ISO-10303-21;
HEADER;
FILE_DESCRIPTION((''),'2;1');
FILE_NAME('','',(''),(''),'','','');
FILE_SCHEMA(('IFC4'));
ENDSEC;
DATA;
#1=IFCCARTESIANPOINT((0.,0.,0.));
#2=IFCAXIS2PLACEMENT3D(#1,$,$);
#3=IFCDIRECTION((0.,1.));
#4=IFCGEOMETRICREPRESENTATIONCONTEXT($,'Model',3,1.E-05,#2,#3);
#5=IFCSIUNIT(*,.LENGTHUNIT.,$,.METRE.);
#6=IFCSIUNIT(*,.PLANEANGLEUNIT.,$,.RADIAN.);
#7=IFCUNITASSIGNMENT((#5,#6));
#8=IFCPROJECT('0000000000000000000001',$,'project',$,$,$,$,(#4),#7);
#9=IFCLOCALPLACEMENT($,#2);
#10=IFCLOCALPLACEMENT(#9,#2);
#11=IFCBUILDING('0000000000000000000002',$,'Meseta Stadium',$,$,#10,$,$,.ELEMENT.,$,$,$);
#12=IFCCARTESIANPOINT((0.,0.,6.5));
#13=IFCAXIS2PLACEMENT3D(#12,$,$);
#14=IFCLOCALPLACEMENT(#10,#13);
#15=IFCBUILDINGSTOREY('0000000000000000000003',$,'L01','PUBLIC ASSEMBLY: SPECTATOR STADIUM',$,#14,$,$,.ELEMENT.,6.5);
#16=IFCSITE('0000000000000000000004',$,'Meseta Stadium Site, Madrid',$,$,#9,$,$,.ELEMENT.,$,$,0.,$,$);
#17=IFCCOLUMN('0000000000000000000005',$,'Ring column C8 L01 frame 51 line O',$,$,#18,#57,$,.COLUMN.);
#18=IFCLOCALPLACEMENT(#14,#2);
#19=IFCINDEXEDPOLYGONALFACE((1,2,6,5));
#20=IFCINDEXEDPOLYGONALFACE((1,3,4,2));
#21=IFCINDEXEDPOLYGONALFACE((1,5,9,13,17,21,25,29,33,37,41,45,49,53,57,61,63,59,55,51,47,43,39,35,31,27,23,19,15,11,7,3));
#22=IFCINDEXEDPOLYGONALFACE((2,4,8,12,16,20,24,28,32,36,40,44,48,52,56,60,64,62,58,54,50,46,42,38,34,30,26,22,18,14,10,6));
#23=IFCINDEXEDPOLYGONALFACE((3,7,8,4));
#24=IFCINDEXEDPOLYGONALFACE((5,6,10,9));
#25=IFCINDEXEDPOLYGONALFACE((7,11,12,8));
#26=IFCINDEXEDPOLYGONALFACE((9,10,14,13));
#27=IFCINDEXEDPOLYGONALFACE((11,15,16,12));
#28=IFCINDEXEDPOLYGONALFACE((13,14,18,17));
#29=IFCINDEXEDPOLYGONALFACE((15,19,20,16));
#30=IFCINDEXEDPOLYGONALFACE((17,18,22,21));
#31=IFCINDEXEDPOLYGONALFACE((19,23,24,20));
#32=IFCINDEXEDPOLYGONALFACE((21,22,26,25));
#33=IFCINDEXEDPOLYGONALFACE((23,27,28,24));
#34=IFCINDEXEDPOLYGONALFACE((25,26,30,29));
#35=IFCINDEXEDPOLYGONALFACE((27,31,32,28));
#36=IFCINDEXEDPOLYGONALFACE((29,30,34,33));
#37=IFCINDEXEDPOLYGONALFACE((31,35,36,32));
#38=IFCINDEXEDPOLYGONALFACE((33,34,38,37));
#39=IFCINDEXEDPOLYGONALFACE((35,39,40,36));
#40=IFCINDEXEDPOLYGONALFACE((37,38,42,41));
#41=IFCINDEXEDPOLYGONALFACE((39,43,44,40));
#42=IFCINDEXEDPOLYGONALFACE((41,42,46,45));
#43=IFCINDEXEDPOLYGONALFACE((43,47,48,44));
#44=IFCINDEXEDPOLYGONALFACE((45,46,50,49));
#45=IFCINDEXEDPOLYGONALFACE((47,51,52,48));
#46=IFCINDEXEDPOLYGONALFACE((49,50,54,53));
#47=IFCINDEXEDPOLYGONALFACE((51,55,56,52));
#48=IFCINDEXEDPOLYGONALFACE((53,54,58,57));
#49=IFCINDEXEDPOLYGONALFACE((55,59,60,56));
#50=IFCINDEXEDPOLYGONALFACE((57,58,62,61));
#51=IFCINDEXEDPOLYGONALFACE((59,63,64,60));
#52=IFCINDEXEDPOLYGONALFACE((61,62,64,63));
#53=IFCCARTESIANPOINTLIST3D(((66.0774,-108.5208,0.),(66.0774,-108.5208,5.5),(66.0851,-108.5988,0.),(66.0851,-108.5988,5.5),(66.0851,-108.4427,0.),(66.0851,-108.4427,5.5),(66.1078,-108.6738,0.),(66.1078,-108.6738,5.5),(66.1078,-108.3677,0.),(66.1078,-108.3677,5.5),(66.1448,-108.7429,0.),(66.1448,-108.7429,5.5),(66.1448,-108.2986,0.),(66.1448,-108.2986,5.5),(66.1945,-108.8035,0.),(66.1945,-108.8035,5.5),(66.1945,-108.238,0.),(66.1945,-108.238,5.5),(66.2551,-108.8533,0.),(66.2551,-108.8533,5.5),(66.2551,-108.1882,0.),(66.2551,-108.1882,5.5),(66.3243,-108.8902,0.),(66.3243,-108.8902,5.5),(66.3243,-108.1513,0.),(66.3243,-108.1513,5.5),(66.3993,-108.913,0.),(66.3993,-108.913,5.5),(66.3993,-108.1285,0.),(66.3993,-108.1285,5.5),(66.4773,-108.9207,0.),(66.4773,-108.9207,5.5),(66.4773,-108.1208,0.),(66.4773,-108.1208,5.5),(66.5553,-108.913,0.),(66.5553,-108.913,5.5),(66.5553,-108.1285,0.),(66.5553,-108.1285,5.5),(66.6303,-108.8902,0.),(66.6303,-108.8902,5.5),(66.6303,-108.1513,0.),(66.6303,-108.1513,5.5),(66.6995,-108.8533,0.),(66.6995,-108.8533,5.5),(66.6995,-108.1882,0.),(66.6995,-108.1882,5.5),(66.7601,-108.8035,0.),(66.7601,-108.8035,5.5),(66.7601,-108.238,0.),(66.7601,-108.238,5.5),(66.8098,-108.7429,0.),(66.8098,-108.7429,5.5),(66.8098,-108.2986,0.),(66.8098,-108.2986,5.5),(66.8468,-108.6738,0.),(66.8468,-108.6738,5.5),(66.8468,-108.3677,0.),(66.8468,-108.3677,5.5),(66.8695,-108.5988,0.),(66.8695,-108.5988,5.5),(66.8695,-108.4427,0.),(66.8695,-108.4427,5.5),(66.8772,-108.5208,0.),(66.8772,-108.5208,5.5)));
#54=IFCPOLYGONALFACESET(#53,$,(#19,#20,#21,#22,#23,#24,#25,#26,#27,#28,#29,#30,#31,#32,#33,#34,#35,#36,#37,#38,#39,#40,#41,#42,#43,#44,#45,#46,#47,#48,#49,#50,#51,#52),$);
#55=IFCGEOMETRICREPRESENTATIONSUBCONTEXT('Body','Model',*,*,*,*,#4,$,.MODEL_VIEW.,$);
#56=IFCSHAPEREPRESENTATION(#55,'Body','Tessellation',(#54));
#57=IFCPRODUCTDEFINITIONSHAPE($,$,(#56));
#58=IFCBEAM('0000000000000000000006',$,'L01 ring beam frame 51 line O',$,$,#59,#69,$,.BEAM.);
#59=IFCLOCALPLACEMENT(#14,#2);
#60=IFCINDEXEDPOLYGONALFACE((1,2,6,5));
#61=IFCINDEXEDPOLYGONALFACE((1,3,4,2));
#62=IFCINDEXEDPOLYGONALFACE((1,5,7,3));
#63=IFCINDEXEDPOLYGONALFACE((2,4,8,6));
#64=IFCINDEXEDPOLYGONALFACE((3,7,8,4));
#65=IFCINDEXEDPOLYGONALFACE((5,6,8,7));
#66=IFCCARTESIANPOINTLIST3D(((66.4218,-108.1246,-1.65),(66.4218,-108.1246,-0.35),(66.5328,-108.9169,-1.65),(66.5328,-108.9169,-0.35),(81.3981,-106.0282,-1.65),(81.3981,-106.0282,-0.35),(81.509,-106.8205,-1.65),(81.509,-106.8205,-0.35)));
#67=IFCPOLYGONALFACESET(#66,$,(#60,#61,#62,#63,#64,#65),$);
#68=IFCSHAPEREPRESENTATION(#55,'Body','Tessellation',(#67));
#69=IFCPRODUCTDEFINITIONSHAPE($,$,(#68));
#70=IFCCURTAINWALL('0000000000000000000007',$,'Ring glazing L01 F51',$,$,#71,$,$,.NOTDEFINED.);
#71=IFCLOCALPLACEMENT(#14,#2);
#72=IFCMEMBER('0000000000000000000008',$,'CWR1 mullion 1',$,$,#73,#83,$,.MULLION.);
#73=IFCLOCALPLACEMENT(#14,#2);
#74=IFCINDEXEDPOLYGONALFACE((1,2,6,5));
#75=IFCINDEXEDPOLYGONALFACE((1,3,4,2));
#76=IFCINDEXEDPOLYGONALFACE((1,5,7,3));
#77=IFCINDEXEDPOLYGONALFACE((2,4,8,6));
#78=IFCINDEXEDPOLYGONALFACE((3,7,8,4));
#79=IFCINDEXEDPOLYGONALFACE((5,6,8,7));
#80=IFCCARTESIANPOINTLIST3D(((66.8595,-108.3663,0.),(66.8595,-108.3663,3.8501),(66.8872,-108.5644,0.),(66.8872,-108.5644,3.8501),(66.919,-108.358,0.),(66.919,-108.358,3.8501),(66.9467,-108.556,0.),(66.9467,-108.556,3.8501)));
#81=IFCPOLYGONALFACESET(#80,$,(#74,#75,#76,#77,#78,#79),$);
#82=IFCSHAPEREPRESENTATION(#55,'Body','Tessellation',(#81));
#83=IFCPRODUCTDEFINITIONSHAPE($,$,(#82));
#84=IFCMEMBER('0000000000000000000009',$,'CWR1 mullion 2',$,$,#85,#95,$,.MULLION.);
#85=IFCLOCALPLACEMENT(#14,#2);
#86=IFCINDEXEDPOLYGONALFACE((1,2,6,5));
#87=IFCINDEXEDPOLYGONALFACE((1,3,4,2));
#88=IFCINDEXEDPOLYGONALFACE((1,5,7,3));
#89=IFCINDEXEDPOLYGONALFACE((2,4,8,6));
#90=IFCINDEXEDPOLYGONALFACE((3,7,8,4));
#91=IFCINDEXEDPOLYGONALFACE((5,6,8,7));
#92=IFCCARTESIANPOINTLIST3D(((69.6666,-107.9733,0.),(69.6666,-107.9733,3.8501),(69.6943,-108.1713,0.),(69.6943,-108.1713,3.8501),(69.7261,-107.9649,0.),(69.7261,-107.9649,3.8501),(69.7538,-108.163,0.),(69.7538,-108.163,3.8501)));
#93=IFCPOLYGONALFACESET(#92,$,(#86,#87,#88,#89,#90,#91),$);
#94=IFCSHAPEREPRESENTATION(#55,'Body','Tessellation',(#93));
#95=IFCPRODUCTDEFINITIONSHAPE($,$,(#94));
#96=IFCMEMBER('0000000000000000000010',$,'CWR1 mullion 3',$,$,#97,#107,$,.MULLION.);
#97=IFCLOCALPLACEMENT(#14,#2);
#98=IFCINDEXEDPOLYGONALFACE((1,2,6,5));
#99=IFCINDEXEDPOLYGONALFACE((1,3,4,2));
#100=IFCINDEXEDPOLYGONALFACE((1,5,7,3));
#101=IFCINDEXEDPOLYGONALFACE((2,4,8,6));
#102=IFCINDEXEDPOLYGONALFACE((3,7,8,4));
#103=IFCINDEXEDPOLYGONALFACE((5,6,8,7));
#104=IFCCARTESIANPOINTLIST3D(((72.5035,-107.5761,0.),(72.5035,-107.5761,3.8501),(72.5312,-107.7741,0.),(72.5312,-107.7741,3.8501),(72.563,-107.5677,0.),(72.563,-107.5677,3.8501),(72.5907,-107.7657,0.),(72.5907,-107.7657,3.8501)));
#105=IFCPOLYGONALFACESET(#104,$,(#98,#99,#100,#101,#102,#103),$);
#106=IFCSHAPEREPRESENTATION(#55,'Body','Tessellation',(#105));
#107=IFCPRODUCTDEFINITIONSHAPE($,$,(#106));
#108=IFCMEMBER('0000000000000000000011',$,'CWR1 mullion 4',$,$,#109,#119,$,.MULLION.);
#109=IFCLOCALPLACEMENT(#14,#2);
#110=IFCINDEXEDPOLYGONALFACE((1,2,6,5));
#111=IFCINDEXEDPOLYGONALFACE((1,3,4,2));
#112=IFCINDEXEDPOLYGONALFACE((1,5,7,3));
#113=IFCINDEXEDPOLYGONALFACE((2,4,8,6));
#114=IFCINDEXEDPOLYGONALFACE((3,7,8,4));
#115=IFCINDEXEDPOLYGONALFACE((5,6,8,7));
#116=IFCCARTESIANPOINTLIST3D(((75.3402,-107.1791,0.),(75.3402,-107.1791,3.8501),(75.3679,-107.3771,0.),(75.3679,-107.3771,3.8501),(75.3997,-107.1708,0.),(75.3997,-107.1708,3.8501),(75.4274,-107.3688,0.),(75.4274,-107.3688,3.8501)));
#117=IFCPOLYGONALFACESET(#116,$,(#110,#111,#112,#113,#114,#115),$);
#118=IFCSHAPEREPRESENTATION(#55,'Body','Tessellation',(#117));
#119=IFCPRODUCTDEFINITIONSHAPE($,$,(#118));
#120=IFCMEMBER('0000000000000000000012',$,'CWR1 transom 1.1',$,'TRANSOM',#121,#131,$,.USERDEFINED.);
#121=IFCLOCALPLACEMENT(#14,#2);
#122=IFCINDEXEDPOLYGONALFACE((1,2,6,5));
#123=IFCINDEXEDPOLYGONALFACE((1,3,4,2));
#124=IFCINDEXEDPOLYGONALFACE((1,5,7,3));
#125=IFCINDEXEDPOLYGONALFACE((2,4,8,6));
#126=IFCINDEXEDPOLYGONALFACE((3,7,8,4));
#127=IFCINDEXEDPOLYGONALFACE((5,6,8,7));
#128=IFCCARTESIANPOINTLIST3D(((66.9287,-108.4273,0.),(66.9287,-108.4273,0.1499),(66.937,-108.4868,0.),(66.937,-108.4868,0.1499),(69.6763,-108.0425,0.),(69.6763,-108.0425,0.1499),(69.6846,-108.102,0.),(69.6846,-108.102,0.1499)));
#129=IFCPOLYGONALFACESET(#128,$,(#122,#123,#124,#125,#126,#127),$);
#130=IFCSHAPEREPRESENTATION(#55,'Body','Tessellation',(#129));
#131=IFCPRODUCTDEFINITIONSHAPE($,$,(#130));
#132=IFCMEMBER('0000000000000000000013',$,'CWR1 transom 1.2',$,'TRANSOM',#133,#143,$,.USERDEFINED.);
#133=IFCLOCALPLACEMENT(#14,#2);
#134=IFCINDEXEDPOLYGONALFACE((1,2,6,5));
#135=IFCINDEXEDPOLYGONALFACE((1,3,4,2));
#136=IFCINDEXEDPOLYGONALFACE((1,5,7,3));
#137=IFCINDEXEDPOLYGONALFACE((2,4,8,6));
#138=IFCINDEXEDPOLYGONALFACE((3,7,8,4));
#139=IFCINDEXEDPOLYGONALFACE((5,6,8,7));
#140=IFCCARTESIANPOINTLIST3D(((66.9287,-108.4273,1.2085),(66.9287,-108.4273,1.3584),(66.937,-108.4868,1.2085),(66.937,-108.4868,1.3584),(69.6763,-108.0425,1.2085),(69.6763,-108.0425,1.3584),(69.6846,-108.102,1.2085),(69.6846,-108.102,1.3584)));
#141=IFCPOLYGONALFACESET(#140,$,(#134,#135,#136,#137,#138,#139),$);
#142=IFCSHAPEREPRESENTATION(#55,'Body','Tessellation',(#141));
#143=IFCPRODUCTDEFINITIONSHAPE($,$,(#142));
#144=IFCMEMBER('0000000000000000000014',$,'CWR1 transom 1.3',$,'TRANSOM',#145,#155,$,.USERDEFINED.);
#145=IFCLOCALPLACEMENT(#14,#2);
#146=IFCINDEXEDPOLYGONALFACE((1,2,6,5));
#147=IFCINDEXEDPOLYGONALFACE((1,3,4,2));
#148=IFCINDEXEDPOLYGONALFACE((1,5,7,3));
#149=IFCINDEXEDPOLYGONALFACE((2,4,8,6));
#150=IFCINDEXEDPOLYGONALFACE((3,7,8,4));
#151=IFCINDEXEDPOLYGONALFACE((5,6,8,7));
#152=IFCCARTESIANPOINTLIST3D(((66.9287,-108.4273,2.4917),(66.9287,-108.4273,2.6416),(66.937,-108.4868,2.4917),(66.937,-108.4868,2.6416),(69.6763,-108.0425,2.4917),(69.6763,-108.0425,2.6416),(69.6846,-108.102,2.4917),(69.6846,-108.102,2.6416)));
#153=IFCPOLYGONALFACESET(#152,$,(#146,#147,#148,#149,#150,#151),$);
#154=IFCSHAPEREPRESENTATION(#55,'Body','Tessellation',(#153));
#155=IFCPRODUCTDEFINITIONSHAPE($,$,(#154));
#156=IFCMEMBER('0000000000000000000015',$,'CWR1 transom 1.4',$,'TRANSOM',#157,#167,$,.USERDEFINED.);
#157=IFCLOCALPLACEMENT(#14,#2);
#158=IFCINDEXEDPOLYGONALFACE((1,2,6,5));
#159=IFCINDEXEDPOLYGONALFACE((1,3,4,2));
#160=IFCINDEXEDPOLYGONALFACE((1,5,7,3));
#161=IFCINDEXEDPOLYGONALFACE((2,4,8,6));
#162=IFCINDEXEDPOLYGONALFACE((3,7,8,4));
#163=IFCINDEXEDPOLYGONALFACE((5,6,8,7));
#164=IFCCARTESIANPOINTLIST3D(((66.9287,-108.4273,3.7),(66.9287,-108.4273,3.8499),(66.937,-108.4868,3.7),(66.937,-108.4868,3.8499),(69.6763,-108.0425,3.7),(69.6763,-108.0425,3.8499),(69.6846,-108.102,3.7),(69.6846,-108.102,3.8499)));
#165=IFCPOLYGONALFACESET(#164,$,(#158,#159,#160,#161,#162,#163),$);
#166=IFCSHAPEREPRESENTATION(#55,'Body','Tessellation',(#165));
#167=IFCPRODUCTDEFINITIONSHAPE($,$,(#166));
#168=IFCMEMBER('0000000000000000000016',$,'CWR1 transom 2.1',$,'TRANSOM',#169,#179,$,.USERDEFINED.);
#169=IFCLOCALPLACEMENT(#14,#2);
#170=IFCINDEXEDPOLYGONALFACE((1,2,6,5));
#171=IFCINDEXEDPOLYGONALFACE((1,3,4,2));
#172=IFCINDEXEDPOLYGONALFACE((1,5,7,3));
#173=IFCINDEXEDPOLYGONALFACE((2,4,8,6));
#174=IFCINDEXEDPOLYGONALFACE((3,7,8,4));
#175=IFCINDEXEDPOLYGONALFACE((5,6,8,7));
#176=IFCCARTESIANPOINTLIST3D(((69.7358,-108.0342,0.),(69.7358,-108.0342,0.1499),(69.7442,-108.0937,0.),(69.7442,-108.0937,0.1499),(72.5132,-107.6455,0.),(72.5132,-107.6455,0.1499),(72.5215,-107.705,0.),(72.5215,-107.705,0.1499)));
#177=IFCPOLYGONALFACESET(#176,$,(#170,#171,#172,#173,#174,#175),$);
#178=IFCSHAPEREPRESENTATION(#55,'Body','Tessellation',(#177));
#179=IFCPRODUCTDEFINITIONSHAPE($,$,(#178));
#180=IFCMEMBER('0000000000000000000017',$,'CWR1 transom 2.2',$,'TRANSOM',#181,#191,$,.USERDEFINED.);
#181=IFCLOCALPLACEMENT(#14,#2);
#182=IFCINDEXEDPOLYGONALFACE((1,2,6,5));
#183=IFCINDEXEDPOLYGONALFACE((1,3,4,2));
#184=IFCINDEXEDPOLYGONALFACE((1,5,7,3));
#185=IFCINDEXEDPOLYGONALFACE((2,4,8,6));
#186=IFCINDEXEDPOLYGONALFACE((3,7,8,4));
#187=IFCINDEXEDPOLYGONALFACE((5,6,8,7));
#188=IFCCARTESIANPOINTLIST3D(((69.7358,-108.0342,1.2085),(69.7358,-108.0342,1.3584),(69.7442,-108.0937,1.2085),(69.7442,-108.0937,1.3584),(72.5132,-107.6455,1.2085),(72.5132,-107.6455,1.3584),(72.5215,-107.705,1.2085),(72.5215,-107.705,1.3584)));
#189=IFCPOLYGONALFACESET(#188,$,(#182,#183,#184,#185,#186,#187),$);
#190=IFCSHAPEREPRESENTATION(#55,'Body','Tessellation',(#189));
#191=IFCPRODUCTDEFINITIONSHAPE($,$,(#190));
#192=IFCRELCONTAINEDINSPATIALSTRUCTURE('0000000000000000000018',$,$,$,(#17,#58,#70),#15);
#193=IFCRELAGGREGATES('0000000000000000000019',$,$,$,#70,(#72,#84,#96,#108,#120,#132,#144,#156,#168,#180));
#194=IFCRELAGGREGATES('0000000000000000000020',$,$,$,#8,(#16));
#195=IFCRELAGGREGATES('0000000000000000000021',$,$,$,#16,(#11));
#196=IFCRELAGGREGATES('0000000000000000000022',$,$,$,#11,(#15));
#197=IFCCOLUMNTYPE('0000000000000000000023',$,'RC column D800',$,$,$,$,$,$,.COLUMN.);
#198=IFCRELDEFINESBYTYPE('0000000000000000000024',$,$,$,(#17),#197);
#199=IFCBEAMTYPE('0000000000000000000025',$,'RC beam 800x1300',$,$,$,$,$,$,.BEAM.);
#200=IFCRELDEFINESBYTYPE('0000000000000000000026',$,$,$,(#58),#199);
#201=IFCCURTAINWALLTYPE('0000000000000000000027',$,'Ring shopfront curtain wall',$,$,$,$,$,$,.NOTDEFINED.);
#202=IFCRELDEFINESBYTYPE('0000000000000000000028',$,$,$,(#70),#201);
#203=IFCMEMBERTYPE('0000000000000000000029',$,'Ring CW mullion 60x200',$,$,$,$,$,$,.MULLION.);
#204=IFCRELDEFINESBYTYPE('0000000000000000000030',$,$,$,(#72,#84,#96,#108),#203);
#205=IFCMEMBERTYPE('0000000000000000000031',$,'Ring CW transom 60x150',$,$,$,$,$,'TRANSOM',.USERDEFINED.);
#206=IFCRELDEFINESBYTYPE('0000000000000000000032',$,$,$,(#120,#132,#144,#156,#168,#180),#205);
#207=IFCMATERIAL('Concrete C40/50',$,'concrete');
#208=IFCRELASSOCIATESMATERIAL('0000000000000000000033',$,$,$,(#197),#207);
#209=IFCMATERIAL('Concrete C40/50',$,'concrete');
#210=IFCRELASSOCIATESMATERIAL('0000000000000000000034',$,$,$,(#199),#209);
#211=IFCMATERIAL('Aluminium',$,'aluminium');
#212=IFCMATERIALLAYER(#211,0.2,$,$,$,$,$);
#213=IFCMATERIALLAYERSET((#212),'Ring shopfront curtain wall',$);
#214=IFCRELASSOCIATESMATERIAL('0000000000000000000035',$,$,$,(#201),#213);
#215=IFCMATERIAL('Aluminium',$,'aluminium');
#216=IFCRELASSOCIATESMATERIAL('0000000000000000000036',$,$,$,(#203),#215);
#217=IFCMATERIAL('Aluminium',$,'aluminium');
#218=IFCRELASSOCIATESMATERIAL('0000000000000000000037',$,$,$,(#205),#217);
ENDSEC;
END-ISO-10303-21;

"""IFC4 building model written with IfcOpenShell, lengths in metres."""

from ifc_helpers import new_model, si_unit, direction, frame, origin, origin_2d, place, context, subcontext, project, spatial, rectangle, circle, extrude, material, layer, layer_set, material_profile, profile_set, type_object, element, aggregate, save


model = new_model("IFC4")

# Units and contexts
model_context = context("Model", 3, precision=1e-05, world=origin(), true_north=direction((0.0, 1.0)))
body_context = subcontext(model_context, "Body", "Model", "MODEL_VIEW")
ifc_project = project(units=[si_unit("LENGTHUNIT", "METRE"), si_unit("PLANEANGLEUNIT", "RADIAN")], contexts=[model_context])

# Site, building, storey
site_placement = place(None, origin())
site = spatial("IfcSite", under=ifc_project, at=site_placement, Name="Meseta Stadium Site, Madrid", CompositionType="ELEMENT", RefElevation=0.0)
building_placement = place(site_placement, origin())
building = spatial("IfcBuilding", under=site, at=building_placement, Name="Meseta Stadium", CompositionType="ELEMENT")
storey_placement = place(building_placement, frame((0.0, 0.0, 6.5)))
storey = spatial("IfcBuildingStorey", under=building, at=storey_placement, Name="L01", Description="PUBLIC ASSEMBLY: SPECTATOR STADIUM", CompositionType="ELEMENT", Elevation=6.5)

# Column
ifc_material_1 = material(Name="Concrete C40/50", Category="concrete")
ifc_material_profile_1 = material_profile(ifc_material_1, circle(Radius=0.3999, at=origin_2d()), Name="RC D800")
ifc_profile_set_1 = profile_set([ifc_material_profile_1], Name="Concrete C40/50")
column_type = type_object("IfcColumnType", Name="RC column D800", PredefinedType="COLUMN", material=ifc_profile_set_1)
column_placement = place(storey_placement, frame((66.4773, -108.5208, 0.0), z_axis=(0.0, 0.0, 1.0), x_axis=(1.0, 0.0, 0.0)))
element("IfcColumn", 1, at=column_placement, inside=storey, type_object=column_type, Name="Ring column C8 L01 frame 51 line O", PredefinedType="COLUMN", context=body_context, shape_type="SweptSolid", body=[
    extrude(circle(Radius=0.3999, at=origin_2d()), origin(), (0.0, 0.0, 1.0), 5.5),
])

# Beam
ifc_material_2 = material(Name="Concrete C40/50", Category="concrete")
ifc_material_profile_2 = material_profile(ifc_material_2, rectangle(XDim=0.8, YDim=1.3, at=origin_2d()), Name="RC 800x1300")
ifc_profile_set_2 = profile_set([ifc_material_profile_2], Name="Concrete C40/50")
beam_type = type_object("IfcBeamType", Name="RC beam 800x1300", PredefinedType="BEAM", material=ifc_profile_set_2)
beam_placement = place(storey_placement, frame((66.4773, -108.5208, -1.0), z_axis=(0.990344, 0.138632, 0.0), x_axis=(-0.138632, 0.990344, 0.0)))
element("IfcBeam", 2, at=beam_placement, inside=storey, type_object=beam_type, Name="L01 ring beam frame 51 line O", PredefinedType="BEAM", context=body_context, shape_type="SweptSolid", body=[
    extrude(rectangle(XDim=0.8, YDim=1.3, at=origin_2d()), origin(), (0.0, 0.0, 1.0), 15.1223),
])

# Curtain wall, members
ifc_material_3 = material(Name="Aluminium", Category="aluminium")
ifc_layer_1 = layer(ifc_material_3, 0.2)
ifc_layer_set_1 = layer_set([ifc_layer_1], Name="Ring shopfront curtain wall")
curtain_wall_type = type_object("IfcCurtainWallType", Name="Ring shopfront curtain wall", PredefinedType="NOTDEFINED", material=ifc_layer_set_1)
curtain_wall_placement = place(storey_placement, origin())
curtain_wall = element("IfcCurtainWall", 3, at=curtain_wall_placement, inside=storey, type_object=curtain_wall_type, Name="Ring glazing L01 F51", PredefinedType="NOTDEFINED")
ifc_material_4 = material(Name="Aluminium", Category="aluminium")
ifc_material_profile_3 = material_profile(ifc_material_4, rectangle(XDim=0.2, YDim=0.0601, at=origin_2d()), Name="CW 200x60")
ifc_profile_set_3 = profile_set([ifc_material_profile_3], Name="Aluminium")
member_type_1 = type_object("IfcMemberType", Name="Ring CW mullion 60x200", PredefinedType="MULLION", material=ifc_profile_set_3)
member_1_placement = place(storey_placement, frame((66.9031, -108.4612, 0.0), z_axis=(0.0, 0.0, 1.0), x_axis=(-0.138643, 0.990342, 0.0)))
member_1 = element("IfcMember", 4, at=member_1_placement, type_object=member_type_1, Name="CWR1 mullion 1", PredefinedType="MULLION", context=body_context, shape_type="SweptSolid", body=[
    extrude(rectangle(XDim=0.2, YDim=0.0601, at=origin_2d()), origin(), (0.0, 0.0, 1.0), 3.8501),
])
member_2_placement = place(storey_placement, frame((69.7102, -108.0681, 0.0), z_axis=(0.0, 0.0, 1.0), x_axis=(-0.138643, 0.990342, 0.0)))
member_2 = element("IfcMember", 5, at=member_2_placement, type_object=member_type_1, Name="CWR1 mullion 2", PredefinedType="MULLION", context=body_context, shape_type="SweptSolid", body=[
    extrude(rectangle(XDim=0.2, YDim=0.0601, at=origin_2d()), origin(), (0.0, 0.0, 1.0), 3.8501),
])
member_3_placement = place(storey_placement, frame((72.5471, -107.6709, 0.0), z_axis=(0.0, 0.0, 1.0), x_axis=(-0.138643, 0.990342, 0.0)))
member_3 = element("IfcMember", 6, at=member_3_placement, type_object=member_type_1, Name="CWR1 mullion 3", PredefinedType="MULLION", context=body_context, shape_type="SweptSolid", body=[
    extrude(rectangle(XDim=0.2, YDim=0.0601, at=origin_2d()), origin(), (0.0, 0.0, 1.0), 3.8501),
])
member_4_placement = place(storey_placement, frame((75.3838, -107.2739, 0.0), z_axis=(0.0, 0.0, 1.0), x_axis=(-0.138643, 0.990342, 0.0)))
member_4 = element("IfcMember", 7, at=member_4_placement, type_object=member_type_1, Name="CWR1 mullion 4", PredefinedType="MULLION", context=body_context, shape_type="SweptSolid", body=[
    extrude(rectangle(XDim=0.2, YDim=0.0601, at=origin_2d()), origin(), (0.0, 0.0, 1.0), 3.8501),
])
ifc_material_5 = material(Name="Aluminium", Category="aluminium")
ifc_material_profile_4 = material_profile(ifc_material_5, rectangle(XDim=0.0601, YDim=0.1499, at=origin_2d()), Name="CW 60x150")
ifc_profile_set_4 = profile_set([ifc_material_profile_4], Name="Aluminium")
member_type_2 = type_object("IfcMemberType", Name="Ring CW transom 60x150", ElementType="TRANSOM", PredefinedType="USERDEFINED", material=ifc_profile_set_4)
member_5_placement = place(storey_placement, frame((66.9329, -108.457, 0.075), z_axis=(0.990336, 0.138686, 0.0), x_axis=(-0.138686, 0.990336, 0.0)))
member_5 = element("IfcMember", 8, at=member_5_placement, type_object=member_type_2, Name="CWR1 transom 1.1", ObjectType="TRANSOM", PredefinedType="USERDEFINED", context=body_context, shape_type="SweptSolid", body=[
    extrude(rectangle(XDim=0.0601, YDim=0.1499, at=origin_2d()), origin(), (0.0, 0.0, 1.0), 2.7744),
])
member_6_placement = place(storey_placement, frame((66.9329, -108.457, 1.2834), z_axis=(0.990336, 0.138686, 0.0), x_axis=(-0.138686, 0.990336, 0.0)))
member_6 = element("IfcMember", 9, at=member_6_placement, type_object=member_type_2, Name="CWR1 transom 1.2", ObjectType="TRANSOM", PredefinedType="USERDEFINED", context=body_context, shape_type="SweptSolid", body=[
    extrude(rectangle(XDim=0.0601, YDim=0.1499, at=origin_2d()), origin(), (0.0, 0.0, 1.0), 2.7744),
])
member_7_placement = place(storey_placement, frame((66.9329, -108.457, 2.5667), z_axis=(0.990336, 0.138686, 0.0), x_axis=(-0.138686, 0.990336, 0.0)))
member_7 = element("IfcMember", 10, at=member_7_placement, type_object=member_type_2, Name="CWR1 transom 1.3", ObjectType="TRANSOM", PredefinedType="USERDEFINED", context=body_context, shape_type="SweptSolid", body=[
    extrude(rectangle(XDim=0.0601, YDim=0.1499, at=origin_2d()), origin(), (0.0, 0.0, 1.0), 2.7744),
])
member_8_placement = place(storey_placement, frame((66.9329, -108.457, 3.7749), z_axis=(0.990336, 0.138686, 0.0), x_axis=(-0.138686, 0.990336, 0.0)))
member_8 = element("IfcMember", 11, at=member_8_placement, type_object=member_type_2, Name="CWR1 transom 1.4", ObjectType="TRANSOM", PredefinedType="USERDEFINED", context=body_context, shape_type="SweptSolid", body=[
    extrude(rectangle(XDim=0.0601, YDim=0.1499, at=origin_2d()), origin(), (0.0, 0.0, 1.0), 2.7744),
])
member_9_placement = place(storey_placement, frame((69.74, -108.064, 0.075), z_axis=(0.990349, 0.138593, 0.0), x_axis=(-0.138593, 0.990349, 0.0)))
member_9 = element("IfcMember", 12, at=member_9_placement, type_object=member_type_2, Name="CWR1 transom 2.1", ObjectType="TRANSOM", PredefinedType="USERDEFINED", context=body_context, shape_type="SweptSolid", body=[
    extrude(rectangle(XDim=0.0601, YDim=0.1499, at=origin_2d()), origin(), (0.0, 0.0, 1.0), 2.8044),
])
member_10_placement = place(storey_placement, frame((69.74, -108.064, 1.2834), z_axis=(0.990349, 0.138593, 0.0), x_axis=(-0.138593, 0.990349, 0.0)))
member_10 = element("IfcMember", 13, at=member_10_placement, type_object=member_type_2, Name="CWR1 transom 2.2", ObjectType="TRANSOM", PredefinedType="USERDEFINED", context=body_context, shape_type="SweptSolid", body=[
    extrude(rectangle(XDim=0.0601, YDim=0.1499, at=origin_2d()), origin(), (0.0, 0.0, 1.0), 2.8044),
])
aggregate(curtain_wall, [member_1, member_2, member_3, member_4, member_5, member_6, member_7, member_8, member_9, member_10])

save(model, "model.ifc")
